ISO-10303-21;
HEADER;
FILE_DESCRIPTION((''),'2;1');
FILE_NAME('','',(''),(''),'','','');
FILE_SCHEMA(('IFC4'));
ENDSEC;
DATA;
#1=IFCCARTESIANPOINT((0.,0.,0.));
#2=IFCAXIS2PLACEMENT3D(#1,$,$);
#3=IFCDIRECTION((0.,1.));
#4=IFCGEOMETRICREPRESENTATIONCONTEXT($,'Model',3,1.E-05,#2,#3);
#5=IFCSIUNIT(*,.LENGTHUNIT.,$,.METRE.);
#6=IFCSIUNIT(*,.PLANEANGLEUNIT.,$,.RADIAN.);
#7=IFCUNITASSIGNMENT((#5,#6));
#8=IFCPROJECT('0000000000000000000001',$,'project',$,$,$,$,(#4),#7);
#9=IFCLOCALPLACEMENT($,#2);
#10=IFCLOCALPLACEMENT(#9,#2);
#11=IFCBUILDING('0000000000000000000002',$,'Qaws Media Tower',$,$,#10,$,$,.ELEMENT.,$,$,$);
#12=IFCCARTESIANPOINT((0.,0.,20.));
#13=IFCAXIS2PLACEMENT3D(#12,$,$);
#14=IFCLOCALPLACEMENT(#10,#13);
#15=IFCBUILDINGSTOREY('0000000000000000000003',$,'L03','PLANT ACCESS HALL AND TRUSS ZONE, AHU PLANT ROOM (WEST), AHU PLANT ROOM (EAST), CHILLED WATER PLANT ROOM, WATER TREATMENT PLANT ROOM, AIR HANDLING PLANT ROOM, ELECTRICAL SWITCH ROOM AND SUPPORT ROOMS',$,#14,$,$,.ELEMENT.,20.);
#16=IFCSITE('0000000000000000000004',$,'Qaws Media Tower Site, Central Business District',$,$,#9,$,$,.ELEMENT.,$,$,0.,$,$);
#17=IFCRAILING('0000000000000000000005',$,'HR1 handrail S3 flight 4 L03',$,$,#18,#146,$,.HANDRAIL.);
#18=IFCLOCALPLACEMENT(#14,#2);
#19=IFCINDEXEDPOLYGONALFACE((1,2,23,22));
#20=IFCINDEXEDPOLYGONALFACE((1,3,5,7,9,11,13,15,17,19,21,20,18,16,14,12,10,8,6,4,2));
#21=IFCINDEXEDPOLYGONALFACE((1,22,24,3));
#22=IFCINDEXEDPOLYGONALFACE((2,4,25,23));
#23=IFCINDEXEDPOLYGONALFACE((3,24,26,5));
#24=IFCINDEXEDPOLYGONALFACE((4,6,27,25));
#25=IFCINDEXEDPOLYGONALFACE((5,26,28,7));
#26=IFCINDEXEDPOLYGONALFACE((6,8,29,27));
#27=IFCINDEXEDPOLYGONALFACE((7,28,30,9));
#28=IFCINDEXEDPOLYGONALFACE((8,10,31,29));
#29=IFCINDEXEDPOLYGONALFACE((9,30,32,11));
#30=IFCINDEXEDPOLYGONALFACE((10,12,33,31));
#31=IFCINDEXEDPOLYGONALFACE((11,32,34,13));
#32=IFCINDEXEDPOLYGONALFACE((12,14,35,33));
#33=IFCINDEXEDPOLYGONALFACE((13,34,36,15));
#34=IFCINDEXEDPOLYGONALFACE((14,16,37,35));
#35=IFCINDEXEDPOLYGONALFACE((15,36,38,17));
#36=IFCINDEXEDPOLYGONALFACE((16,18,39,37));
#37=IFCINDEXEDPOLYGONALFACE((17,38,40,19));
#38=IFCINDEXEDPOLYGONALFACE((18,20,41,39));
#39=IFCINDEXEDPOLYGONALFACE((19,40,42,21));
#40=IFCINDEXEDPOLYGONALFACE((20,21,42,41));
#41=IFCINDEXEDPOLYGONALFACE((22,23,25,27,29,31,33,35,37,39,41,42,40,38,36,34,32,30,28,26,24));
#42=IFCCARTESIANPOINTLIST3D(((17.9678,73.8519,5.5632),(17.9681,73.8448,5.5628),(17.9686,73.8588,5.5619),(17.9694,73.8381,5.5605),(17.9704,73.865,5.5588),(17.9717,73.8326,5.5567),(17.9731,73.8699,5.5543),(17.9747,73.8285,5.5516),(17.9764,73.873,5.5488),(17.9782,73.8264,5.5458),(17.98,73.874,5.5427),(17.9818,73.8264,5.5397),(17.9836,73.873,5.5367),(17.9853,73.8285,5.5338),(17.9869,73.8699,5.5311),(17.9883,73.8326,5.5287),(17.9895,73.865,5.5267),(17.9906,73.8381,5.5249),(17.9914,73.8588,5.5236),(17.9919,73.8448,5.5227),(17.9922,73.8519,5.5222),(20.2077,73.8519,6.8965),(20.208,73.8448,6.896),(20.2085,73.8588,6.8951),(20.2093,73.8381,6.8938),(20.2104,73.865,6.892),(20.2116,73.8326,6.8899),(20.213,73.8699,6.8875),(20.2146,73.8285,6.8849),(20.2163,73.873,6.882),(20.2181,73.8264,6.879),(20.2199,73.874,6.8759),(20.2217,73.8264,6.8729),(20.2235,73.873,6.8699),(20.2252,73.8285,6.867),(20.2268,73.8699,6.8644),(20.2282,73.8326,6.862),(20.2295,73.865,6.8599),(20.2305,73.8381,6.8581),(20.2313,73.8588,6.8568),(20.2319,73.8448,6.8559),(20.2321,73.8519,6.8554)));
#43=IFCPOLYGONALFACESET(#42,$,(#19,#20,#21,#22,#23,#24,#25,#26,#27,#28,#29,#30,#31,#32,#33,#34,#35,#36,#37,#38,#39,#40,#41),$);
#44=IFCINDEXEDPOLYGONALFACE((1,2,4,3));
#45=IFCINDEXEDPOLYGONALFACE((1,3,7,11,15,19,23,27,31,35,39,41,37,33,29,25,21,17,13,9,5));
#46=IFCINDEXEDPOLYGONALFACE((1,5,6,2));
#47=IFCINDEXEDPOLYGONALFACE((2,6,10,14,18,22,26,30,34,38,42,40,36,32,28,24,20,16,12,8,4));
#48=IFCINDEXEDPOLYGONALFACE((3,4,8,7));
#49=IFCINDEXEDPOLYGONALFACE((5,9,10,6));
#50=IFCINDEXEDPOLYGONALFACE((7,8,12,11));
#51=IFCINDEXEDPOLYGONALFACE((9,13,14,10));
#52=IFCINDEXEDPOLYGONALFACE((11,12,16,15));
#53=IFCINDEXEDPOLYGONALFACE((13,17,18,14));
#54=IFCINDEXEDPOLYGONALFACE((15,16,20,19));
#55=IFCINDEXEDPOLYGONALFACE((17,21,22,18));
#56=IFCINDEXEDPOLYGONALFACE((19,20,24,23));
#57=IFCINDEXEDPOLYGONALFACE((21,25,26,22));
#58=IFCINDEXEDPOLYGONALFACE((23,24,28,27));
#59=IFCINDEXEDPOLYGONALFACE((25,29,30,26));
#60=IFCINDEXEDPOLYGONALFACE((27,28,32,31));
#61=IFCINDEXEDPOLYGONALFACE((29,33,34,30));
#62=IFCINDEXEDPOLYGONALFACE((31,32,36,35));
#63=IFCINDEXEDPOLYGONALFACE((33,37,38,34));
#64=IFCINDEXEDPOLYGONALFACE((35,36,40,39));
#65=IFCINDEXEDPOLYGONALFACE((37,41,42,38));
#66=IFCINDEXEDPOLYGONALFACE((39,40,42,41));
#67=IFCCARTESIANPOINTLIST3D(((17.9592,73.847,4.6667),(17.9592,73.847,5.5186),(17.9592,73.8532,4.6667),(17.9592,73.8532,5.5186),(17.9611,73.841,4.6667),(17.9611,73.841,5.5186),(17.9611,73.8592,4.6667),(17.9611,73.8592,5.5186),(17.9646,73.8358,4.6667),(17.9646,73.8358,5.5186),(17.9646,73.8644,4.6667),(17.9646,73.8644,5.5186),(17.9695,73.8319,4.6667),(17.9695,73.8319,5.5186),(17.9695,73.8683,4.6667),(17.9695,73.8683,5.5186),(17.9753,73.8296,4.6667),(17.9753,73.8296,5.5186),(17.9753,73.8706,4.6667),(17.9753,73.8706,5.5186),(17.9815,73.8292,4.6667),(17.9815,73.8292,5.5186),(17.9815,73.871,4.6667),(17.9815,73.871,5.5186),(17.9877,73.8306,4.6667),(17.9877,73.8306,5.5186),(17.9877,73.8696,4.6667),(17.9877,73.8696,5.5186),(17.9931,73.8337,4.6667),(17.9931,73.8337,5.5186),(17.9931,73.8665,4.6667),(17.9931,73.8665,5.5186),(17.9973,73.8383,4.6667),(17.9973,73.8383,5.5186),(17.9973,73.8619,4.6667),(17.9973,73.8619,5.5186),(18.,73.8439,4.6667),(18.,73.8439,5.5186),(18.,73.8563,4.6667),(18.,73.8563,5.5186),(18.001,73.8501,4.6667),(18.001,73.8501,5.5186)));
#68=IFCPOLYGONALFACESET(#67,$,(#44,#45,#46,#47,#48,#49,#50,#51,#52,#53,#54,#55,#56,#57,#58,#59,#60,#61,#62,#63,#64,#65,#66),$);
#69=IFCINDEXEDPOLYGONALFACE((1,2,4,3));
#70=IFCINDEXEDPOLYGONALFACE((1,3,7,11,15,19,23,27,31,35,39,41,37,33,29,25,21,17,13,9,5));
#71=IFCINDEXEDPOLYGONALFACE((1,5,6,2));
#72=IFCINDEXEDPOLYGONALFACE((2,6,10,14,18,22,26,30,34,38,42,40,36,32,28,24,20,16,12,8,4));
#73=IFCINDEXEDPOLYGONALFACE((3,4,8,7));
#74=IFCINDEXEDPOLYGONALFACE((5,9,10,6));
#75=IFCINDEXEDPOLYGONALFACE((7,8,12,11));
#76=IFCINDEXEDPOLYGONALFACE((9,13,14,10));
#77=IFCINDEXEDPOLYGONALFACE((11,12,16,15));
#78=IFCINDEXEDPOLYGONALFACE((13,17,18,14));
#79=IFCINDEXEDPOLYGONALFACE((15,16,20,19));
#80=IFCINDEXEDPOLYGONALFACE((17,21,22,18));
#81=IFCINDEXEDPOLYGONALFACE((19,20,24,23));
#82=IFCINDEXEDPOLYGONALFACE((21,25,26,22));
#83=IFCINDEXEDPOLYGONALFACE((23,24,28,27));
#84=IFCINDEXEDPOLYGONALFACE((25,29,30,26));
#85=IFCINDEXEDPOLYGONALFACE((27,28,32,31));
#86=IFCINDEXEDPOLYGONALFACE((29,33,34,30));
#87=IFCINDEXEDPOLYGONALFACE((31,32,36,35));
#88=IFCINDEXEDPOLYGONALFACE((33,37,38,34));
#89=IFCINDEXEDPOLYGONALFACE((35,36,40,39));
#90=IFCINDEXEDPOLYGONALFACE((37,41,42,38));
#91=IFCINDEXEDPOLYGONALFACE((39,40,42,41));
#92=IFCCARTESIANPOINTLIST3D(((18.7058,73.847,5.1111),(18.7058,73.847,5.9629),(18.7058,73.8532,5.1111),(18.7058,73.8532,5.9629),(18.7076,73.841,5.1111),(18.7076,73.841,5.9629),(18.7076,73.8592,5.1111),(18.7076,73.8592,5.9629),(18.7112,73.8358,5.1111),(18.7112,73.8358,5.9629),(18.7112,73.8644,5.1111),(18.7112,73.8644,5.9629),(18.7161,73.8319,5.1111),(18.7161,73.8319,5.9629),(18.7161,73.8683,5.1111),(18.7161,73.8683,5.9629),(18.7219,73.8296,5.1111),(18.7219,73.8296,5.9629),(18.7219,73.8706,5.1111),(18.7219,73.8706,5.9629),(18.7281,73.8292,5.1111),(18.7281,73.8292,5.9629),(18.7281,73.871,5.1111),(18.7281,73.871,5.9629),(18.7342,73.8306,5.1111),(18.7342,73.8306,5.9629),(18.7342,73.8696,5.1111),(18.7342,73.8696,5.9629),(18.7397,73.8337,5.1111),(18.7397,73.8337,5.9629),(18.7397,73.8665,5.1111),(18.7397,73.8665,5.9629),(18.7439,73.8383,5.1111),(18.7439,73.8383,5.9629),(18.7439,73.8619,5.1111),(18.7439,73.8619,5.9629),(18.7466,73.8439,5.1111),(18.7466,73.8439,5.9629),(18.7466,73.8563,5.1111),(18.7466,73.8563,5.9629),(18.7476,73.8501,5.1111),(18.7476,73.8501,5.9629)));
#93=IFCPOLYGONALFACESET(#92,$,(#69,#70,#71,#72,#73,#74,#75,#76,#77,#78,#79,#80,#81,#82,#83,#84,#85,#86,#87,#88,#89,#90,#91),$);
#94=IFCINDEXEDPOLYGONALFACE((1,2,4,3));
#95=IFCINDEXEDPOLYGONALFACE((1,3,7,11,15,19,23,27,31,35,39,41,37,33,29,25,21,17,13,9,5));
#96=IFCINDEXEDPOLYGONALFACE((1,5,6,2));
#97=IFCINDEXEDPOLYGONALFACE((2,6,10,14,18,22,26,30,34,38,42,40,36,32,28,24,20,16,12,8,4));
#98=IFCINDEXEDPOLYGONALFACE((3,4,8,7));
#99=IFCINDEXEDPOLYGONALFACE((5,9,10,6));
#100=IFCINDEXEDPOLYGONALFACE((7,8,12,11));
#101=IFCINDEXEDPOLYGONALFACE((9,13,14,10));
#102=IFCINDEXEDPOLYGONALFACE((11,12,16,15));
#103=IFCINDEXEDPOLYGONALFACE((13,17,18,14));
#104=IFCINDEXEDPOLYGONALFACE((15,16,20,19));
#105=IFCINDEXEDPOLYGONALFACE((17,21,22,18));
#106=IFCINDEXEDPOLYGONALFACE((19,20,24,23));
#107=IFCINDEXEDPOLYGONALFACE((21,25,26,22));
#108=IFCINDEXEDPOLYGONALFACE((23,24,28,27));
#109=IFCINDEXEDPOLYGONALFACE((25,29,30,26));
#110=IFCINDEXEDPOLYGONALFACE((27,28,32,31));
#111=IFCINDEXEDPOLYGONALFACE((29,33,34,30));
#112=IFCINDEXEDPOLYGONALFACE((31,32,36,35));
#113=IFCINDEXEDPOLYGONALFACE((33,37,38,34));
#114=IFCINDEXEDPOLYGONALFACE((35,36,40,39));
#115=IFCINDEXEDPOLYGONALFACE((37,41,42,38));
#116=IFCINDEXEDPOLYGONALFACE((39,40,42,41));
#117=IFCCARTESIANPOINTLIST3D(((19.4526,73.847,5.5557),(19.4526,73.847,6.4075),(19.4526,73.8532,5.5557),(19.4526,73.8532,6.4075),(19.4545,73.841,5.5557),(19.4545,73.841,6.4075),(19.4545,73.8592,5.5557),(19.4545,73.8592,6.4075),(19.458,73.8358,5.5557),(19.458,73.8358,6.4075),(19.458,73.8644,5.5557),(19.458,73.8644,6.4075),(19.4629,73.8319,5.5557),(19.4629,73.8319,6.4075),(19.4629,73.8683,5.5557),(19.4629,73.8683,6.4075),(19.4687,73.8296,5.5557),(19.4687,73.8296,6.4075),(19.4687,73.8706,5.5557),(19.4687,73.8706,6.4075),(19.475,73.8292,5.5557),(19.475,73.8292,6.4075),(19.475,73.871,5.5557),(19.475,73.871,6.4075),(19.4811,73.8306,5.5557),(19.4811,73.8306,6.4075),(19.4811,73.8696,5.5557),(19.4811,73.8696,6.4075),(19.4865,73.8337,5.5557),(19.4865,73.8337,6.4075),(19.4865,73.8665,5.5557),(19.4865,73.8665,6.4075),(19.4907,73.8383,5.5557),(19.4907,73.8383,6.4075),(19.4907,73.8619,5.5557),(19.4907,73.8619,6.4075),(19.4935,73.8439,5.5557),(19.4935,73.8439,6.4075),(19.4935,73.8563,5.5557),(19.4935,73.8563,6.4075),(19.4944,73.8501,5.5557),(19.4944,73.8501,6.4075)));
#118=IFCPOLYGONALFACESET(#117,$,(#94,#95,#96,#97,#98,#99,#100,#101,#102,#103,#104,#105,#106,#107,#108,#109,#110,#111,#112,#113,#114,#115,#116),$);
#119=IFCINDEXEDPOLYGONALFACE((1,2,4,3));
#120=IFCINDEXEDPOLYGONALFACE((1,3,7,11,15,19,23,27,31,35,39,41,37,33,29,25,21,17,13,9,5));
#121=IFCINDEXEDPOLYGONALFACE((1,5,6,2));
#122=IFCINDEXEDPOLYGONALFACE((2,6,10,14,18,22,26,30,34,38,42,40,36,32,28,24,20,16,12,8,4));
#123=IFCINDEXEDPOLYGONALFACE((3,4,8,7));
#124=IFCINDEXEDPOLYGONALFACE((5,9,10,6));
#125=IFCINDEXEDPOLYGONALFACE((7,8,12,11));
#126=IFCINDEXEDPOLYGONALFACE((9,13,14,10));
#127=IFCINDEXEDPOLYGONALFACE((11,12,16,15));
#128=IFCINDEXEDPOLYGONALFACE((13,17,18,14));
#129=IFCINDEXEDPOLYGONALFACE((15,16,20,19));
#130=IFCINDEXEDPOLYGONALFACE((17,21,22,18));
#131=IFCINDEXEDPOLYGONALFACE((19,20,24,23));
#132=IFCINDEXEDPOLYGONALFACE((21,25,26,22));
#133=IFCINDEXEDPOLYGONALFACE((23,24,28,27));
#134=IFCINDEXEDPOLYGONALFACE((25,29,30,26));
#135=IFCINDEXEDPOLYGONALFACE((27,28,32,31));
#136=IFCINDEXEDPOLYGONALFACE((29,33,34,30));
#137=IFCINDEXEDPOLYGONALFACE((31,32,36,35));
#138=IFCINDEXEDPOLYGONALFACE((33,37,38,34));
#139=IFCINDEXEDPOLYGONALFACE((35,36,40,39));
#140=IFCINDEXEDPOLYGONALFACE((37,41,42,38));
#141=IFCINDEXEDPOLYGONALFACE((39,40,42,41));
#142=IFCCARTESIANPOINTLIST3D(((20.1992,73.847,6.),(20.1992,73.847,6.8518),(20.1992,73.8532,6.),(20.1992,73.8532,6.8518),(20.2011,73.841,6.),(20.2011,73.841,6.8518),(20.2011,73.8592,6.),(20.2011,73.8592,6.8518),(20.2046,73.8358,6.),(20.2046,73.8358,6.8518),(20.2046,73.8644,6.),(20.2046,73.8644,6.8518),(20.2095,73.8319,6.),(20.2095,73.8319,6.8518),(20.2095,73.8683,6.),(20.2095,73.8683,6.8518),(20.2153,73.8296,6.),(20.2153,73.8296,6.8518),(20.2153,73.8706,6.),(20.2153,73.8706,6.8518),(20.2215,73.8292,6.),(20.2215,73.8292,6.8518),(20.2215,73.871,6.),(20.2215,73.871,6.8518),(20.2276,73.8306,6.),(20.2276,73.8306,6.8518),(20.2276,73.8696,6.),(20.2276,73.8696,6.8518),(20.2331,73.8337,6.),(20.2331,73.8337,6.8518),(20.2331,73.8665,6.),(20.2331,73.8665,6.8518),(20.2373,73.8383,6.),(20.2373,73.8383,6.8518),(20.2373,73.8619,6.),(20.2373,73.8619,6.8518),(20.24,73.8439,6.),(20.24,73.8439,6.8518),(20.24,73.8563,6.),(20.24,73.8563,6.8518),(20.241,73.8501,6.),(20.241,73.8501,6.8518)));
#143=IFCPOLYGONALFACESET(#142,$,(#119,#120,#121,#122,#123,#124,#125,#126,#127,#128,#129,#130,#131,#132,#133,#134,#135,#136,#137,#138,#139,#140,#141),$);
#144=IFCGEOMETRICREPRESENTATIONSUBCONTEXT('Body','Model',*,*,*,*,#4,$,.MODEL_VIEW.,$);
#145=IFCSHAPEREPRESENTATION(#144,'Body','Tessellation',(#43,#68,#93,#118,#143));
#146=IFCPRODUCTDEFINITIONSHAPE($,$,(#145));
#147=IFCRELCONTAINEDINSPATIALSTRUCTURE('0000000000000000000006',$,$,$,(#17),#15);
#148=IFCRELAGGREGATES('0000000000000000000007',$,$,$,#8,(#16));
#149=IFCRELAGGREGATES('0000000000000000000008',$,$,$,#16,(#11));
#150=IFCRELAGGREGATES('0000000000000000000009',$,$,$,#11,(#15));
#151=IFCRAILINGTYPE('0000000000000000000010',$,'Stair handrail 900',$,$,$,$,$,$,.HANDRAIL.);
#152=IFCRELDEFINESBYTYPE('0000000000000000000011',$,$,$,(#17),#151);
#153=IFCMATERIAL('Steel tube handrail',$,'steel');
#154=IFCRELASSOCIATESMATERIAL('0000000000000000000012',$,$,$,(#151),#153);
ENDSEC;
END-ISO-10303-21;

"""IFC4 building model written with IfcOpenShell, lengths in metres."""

from ifc_helpers import new_model, si_unit, direction, frame, origin, origin_2d, place, context, subcontext, project, spatial, circle, extrude, material, type_object, element, save


model = new_model("IFC4")

# Units and contexts
model_context = context("Model", 3, precision=1e-05, world=origin(), true_north=direction((0.0, 1.0)))
body_context = subcontext(model_context, "Body", "Model", "MODEL_VIEW")
ifc_project = project(units=[si_unit("LENGTHUNIT", "METRE"), si_unit("PLANEANGLEUNIT", "RADIAN")], contexts=[model_context])

# Site, building, storey
site_placement = place(None, origin())
site = spatial("IfcSite", under=ifc_project, at=site_placement, Name="Qaws Media Tower Site, Central Business District", CompositionType="ELEMENT", RefElevation=0.0)
building_placement = place(site_placement, origin())
building = spatial("IfcBuilding", under=site, at=building_placement, Name="Qaws Media Tower", CompositionType="ELEMENT")
storey_placement = place(building_placement, frame((0.0, 0.0, 20.0)))
storey = spatial("IfcBuildingStorey", under=building, at=storey_placement, Name="L03", Description="PLANT ACCESS HALL AND TRUSS ZONE, AHU PLANT ROOM (WEST), AHU PLANT ROOM (EAST), CHILLED WATER PLANT ROOM, WATER TREATMENT PLANT ROOM, AIR HANDLING PLANT ROOM, ELECTRICAL SWITCH ROOM AND SUPPORT ROOMS", CompositionType="ELEMENT", Elevation=20.0)

# Railing
ifc_material_1 = material(Name="Steel tube handrail", Category="steel")
railing_type_1 = type_object("IfcRailingType", Name="Stair handrail 900", PredefinedType="HANDRAIL", material=ifc_material_1)
for number, where, name in (
    (1, (17.98, 73.8501, 4.6667), "HR1 handrail S3 flight 4 L03"),
):
    element("IfcRailing", number, at=place(storey_placement, frame(where)), inside=storey, type_object=railing_type_1, Name=name, PredefinedType="HANDRAIL", context=body_context, shape_type="SweptSolid", body=[
        extrude(circle(Radius=0.0239, at=origin_2d()), frame((0.0, 0.0, 0.876), z_axis=(0.859306, 0.0, 0.511462), x_axis=(0.0, 1.0, 0.0)), (0.0, 0.0, 1.0), 2.6067),
        extrude(circle(Radius=0.021, at=origin_2d()), origin(), (0.0, 0.0, 1.0), 0.8518),
        extrude(circle(Radius=0.021, at=origin_2d()), frame((0.7466, 0.0, 0.4443)), (0.0, 0.0, 1.0), 0.8518),
        extrude(circle(Radius=0.021, at=origin_2d()), frame((1.4934, 0.0, 0.8889)), (0.0, 0.0, 1.0), 0.8518),
        extrude(circle(Radius=0.021, at=origin_2d()), frame((2.24, 0.0, 1.3333)), (0.0, 0.0, 1.0), 0.8518),
    ])

save(model, "model.ifc")
